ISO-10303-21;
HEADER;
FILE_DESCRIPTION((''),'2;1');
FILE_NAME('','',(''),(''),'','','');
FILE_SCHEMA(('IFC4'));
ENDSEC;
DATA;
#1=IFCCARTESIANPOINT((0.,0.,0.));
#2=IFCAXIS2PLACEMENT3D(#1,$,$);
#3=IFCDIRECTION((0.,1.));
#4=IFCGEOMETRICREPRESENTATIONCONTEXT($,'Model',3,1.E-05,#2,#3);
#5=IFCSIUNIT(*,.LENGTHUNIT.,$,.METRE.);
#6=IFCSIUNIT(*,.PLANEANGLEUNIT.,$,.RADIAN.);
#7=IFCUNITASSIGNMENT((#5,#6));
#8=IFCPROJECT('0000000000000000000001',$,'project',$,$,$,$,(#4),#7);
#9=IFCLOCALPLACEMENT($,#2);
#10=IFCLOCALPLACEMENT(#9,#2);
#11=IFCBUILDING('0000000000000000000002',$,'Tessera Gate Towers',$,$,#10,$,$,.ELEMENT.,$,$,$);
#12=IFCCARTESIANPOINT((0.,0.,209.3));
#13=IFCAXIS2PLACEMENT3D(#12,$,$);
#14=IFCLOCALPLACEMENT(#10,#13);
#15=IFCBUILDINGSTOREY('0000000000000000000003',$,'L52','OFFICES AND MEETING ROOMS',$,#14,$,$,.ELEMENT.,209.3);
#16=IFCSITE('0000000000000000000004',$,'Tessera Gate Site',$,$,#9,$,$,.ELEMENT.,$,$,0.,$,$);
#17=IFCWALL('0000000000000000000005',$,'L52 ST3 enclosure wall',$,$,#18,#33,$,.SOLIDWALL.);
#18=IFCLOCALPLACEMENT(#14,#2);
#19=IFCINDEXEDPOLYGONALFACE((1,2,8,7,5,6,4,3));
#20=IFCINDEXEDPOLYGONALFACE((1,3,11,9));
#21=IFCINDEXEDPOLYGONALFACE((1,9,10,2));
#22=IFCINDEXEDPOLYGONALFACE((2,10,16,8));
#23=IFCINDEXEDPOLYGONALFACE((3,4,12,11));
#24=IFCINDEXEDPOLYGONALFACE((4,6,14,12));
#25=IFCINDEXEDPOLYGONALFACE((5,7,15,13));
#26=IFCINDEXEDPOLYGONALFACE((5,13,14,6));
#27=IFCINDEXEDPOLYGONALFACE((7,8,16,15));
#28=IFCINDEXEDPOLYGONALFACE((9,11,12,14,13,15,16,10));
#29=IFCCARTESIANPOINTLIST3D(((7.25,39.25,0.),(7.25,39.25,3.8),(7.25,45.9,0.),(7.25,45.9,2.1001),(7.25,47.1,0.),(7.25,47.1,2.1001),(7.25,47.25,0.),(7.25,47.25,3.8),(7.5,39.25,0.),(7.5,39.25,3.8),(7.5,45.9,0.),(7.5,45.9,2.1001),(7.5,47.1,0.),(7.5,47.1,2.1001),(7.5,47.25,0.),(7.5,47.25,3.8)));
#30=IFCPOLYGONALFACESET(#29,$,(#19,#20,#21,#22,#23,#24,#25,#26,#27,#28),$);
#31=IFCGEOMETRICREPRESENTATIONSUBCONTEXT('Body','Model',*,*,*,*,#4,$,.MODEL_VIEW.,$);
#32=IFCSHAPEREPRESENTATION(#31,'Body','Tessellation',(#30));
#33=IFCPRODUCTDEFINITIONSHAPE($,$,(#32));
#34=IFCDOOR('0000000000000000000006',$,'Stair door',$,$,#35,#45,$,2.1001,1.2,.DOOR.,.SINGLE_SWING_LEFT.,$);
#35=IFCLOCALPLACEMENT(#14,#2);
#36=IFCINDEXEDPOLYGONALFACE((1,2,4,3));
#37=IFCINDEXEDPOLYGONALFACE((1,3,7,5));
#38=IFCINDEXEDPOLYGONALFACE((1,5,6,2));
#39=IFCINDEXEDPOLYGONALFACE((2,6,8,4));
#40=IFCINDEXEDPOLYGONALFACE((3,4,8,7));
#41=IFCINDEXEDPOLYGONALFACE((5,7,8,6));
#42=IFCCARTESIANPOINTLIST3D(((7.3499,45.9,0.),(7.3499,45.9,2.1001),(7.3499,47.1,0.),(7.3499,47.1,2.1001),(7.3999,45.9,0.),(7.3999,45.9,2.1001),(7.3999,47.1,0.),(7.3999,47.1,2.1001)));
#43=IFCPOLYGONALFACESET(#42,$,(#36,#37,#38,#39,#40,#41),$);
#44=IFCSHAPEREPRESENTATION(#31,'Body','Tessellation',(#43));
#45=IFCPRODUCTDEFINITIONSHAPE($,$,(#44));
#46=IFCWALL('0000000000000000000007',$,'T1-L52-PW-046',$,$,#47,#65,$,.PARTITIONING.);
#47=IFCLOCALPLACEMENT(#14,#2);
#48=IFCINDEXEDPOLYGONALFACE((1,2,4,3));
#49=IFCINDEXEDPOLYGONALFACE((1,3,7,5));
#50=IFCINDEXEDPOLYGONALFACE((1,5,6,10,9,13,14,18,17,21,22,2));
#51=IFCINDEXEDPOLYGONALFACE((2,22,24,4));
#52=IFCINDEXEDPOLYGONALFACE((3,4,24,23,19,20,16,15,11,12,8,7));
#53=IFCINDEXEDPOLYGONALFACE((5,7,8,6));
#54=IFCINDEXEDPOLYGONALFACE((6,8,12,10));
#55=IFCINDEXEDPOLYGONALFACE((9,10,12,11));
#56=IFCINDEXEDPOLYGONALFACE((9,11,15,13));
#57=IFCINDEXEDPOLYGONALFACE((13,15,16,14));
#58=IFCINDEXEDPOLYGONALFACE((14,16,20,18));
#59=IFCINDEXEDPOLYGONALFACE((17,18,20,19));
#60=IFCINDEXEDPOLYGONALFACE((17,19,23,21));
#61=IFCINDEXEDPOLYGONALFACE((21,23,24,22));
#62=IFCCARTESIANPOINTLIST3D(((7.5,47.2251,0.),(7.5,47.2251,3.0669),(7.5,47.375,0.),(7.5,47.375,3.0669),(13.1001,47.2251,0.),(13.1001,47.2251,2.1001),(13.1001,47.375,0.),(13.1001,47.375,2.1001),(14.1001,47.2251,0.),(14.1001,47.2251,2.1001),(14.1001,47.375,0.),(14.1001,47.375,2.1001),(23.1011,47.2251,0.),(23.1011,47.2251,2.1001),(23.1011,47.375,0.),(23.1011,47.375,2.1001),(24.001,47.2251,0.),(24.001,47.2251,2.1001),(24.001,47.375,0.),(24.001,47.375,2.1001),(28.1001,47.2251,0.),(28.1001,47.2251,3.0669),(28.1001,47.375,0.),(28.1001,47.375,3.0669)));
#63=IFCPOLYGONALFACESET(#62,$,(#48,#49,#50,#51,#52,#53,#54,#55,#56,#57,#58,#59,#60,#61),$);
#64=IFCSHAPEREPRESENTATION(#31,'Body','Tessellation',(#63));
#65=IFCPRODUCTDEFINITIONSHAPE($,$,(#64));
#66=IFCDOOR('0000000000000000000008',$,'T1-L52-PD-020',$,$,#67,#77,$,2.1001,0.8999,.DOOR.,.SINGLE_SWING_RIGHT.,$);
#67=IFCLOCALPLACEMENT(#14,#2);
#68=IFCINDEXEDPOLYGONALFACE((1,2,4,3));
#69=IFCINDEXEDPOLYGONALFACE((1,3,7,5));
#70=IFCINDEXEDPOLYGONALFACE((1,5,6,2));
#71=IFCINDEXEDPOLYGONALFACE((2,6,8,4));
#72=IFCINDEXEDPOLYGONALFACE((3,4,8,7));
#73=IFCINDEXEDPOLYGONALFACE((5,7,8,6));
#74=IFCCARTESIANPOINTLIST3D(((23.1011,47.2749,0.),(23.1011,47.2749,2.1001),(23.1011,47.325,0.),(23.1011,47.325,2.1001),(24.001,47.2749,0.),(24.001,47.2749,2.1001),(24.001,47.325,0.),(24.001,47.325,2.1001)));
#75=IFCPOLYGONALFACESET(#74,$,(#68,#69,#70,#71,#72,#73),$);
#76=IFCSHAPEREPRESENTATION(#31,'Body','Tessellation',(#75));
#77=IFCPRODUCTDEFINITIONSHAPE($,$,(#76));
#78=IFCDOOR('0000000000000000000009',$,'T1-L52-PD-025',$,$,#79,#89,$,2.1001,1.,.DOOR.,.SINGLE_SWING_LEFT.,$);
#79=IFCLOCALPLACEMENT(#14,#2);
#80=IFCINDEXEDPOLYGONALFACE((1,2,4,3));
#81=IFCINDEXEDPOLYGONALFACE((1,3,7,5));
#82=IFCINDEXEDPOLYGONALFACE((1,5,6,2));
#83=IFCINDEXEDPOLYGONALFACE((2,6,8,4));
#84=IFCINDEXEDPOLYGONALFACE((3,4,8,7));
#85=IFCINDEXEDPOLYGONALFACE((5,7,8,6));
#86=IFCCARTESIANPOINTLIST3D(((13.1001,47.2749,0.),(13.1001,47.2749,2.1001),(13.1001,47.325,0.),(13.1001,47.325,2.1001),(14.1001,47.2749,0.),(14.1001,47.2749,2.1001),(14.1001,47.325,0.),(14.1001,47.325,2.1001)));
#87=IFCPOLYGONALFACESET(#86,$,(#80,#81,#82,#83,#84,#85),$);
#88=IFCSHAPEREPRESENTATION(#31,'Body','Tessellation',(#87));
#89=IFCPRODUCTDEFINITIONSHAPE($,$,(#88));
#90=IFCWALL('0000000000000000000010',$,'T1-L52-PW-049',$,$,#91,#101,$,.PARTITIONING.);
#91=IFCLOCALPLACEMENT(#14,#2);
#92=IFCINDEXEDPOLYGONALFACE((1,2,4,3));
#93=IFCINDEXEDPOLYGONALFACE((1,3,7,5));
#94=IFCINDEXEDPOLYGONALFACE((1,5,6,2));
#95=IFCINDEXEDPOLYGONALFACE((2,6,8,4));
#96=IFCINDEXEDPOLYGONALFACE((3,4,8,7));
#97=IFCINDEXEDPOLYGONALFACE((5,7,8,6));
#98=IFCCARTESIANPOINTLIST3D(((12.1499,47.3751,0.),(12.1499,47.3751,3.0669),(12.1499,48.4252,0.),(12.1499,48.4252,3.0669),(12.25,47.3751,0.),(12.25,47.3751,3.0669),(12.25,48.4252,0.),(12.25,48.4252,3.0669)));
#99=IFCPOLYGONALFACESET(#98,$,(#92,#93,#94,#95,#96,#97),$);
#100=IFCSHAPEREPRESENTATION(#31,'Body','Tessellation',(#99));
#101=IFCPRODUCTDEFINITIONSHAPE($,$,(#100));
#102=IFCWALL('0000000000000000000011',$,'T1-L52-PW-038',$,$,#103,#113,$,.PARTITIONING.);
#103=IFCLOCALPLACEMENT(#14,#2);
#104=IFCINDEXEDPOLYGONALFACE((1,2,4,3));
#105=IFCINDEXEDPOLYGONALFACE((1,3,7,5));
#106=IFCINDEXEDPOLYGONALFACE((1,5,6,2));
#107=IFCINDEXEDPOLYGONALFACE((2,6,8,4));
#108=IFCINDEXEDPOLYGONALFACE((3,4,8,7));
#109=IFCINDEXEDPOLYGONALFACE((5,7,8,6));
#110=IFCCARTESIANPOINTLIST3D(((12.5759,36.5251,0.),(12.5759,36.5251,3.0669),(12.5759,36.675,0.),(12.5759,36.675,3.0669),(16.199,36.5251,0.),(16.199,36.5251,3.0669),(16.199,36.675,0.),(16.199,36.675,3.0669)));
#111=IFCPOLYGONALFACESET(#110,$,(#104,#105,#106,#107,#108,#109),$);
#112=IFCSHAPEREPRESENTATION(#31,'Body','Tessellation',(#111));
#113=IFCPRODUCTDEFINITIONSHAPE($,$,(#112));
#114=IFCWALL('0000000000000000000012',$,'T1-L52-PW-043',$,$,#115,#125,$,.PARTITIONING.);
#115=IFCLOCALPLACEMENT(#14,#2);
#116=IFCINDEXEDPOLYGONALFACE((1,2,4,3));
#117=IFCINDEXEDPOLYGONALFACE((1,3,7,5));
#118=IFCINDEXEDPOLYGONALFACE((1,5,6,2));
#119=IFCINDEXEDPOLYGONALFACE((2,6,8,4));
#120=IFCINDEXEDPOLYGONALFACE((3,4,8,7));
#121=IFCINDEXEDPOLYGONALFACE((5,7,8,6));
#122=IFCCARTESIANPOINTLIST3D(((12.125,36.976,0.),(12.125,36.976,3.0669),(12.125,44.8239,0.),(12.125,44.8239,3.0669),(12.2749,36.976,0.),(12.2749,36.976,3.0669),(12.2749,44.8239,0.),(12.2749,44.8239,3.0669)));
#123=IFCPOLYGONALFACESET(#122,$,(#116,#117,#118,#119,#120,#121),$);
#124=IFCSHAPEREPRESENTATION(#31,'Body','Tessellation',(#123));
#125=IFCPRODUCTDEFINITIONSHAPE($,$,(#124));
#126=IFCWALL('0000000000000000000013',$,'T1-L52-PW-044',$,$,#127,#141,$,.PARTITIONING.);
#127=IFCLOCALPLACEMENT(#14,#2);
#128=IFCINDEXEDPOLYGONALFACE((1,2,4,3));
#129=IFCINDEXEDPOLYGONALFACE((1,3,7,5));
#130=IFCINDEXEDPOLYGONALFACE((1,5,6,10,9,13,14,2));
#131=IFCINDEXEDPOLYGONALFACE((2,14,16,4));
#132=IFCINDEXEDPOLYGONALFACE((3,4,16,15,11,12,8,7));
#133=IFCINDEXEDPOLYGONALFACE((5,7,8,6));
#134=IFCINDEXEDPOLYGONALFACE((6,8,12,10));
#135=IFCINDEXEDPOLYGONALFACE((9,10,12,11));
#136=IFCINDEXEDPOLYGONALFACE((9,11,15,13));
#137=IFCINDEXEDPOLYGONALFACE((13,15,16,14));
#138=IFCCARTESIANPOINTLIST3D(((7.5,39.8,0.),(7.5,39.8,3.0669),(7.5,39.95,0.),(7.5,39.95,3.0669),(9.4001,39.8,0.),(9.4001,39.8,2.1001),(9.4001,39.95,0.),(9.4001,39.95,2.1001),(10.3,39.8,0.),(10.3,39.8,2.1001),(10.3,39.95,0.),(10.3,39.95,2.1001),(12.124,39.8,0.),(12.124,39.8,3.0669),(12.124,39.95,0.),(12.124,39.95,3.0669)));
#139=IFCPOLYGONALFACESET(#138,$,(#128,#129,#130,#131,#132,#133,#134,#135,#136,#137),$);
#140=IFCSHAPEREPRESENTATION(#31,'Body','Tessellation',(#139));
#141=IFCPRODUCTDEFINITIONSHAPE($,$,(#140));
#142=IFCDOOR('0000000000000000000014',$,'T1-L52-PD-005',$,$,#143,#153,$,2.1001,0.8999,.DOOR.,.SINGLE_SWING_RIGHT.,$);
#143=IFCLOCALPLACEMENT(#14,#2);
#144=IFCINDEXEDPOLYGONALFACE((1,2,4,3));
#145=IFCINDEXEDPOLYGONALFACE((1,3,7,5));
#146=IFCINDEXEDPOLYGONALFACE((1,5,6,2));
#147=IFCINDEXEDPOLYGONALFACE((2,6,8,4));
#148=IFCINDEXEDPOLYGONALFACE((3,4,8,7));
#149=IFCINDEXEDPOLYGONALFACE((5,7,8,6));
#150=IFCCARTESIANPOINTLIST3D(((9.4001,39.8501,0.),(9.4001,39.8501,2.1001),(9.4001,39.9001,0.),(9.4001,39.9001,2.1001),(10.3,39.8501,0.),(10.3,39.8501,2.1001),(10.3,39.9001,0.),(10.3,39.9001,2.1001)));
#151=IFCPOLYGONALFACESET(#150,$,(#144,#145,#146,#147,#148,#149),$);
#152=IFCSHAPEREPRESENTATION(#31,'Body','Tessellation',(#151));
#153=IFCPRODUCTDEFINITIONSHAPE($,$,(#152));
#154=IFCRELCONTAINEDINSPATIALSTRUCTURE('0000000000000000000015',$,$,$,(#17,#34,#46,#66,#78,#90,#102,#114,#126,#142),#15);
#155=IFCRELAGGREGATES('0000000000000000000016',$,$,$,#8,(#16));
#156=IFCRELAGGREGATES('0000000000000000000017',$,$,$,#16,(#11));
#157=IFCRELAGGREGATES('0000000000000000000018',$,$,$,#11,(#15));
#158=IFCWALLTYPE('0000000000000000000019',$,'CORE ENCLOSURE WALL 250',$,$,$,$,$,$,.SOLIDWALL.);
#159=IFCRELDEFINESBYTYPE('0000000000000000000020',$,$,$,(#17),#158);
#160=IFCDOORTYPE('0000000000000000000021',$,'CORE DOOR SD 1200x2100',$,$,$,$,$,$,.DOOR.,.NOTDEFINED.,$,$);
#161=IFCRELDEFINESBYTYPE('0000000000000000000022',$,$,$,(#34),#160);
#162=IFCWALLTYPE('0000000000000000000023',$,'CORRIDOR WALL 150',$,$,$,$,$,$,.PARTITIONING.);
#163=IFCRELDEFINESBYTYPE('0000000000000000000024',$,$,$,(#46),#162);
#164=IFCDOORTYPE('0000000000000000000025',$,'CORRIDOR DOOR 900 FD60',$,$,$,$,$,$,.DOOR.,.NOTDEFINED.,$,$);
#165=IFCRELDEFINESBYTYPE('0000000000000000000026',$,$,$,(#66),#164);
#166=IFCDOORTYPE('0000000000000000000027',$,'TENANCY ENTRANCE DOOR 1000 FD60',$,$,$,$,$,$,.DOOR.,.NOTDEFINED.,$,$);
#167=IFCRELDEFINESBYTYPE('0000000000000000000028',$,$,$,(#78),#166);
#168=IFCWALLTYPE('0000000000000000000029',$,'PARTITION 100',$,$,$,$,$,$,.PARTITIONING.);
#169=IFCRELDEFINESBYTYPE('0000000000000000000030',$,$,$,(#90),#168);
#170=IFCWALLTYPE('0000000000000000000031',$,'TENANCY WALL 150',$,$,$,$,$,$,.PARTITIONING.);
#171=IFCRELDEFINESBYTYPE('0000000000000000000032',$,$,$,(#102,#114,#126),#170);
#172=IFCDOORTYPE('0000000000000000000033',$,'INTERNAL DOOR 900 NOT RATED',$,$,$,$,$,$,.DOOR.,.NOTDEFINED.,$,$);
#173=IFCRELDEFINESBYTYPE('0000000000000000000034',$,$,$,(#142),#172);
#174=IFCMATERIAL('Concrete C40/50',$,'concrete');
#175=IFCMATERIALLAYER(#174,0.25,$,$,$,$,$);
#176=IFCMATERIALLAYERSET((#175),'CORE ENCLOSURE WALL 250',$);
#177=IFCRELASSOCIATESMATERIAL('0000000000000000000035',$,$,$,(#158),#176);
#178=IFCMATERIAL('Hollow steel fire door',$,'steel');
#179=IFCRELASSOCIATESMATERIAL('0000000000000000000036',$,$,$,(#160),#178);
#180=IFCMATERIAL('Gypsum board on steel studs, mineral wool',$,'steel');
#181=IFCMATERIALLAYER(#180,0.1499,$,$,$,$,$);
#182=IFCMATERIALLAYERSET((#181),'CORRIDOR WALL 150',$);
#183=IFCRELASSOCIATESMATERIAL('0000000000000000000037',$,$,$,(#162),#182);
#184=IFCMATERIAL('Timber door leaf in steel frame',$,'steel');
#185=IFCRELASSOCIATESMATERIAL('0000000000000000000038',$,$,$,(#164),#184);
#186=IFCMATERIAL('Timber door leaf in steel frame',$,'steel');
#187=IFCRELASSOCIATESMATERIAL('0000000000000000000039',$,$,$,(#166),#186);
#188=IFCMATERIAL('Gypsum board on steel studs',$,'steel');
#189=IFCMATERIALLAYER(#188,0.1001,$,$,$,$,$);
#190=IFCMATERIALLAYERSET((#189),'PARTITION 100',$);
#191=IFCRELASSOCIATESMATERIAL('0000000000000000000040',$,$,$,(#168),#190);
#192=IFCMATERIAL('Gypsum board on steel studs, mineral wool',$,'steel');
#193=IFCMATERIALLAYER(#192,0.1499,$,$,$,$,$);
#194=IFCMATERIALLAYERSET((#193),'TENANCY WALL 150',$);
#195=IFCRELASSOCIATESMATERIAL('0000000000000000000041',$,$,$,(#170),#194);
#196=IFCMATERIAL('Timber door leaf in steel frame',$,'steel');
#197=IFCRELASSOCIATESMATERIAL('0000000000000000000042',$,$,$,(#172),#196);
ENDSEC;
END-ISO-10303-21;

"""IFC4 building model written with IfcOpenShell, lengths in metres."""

from ifc_helpers import new_model, si_unit, direction, frame, frame_2d, origin, place, context, subcontext, project, spatial, rectangle, extrude, source, transform, mapped, material, layer, layer_set, type_object, element, fill, save


model = new_model("IFC4")

# Units and contexts
model_context = context("Model", 3, precision=1e-05, world=origin(), true_north=direction((0.0, 1.0)))
body_context = subcontext(model_context, "Body", "Model", "MODEL_VIEW")
ifc_project = project(units=[si_unit("LENGTHUNIT", "METRE"), si_unit("PLANEANGLEUNIT", "RADIAN")], contexts=[model_context])

# Site, building, storey
site_placement = place(None, origin())
site = spatial("IfcSite", under=ifc_project, at=site_placement, Name="Tessera Gate Site", CompositionType="ELEMENT", RefElevation=0.0)
building_placement = place(site_placement, origin())
building = spatial("IfcBuilding", under=site, at=building_placement, Name="Tessera Gate Towers", CompositionType="ELEMENT")
storey_placement = place(building_placement, frame((0.0, 0.0, 209.3)))
storey = spatial("IfcBuildingStorey", under=building, at=storey_placement, Name="L52", Description="OFFICES AND MEETING ROOMS", CompositionType="ELEMENT", Elevation=209.3)

# Shared definitions
ifc_material_1 = material(Name="Concrete C40/50", Category="concrete")
ifc_layer_1 = layer(ifc_material_1, 0.25)
ifc_layer_set_1 = layer_set([ifc_layer_1], Name="CORE ENCLOSURE WALL 250")
wall_type_1 = type_object("IfcWallType", Name="CORE ENCLOSURE WALL 250", PredefinedType="SOLIDWALL", material=ifc_layer_set_1)

# Wall, opening, door
wall_1_placement = place(storey_placement, frame((7.375, 47.25, 0.0), z_axis=(0.0, 0.0, 1.0), x_axis=(0.0, -1.0, 0.0)))
wall_1 = element("IfcWall", 1, at=wall_1_placement, inside=storey, type_object=wall_type_1, Name="L52 ST3 enclosure wall", PredefinedType="SOLIDWALL", context=body_context, shape_type="SweptSolid", body=[
    extrude(rectangle(XDim=8.0, YDim=0.25, at=frame_2d((4.0, 0.0))), origin(), (0.0, 0.0, 1.0), 3.8),
])
shared_shape_1 = source(origin(), body_context, "Body", "SweptSolid", [
    extrude(rectangle(XDim=1.2, YDim=2.1001, at=frame_2d((0.6001, 1.05))), frame((0.0, 0.135, 0.0), z_axis=(0.0, -1.0, 0.0), x_axis=(1.0, 0.0, 0.0)), (0.0, 0.0, 1.0), 0.27),
])
opening_1_placement = place(wall_1_placement, frame((0.1499, 0.0, 0.0)))
opening_1 = element("IfcOpeningElement", 2, at=opening_1_placement, cuts=wall_1, PredefinedType="OPENING", context=body_context, shape_type="MappedRepresentation", body=[
    mapped(shared_shape_1, transform((0.0, 0.0, 0.0), scale=1.0)),
])
ifc_material_2 = material(Name="Hollow steel fire door", Category="steel")
door_type_1 = type_object("IfcDoorType", Name="CORE DOOR SD 1200x2100", OperationType="NOTDEFINED", PredefinedType="DOOR", material=ifc_material_2)
shared_shape_2 = source(origin(), body_context, "Body", "SweptSolid", [
    extrude(rectangle(XDim=1.2, YDim=2.1001, at=frame_2d((0.6001, 1.05))), frame((0.0, 0.0249, 0.0), z_axis=(0.0, -1.0, 0.0), x_axis=(1.0, 0.0, 0.0)), (0.0, 0.0, 1.0), 0.05),
])
door_1_placement = place(opening_1_placement, origin())
door_1 = element("IfcDoor", 3, at=door_1_placement, inside=storey, type_object=door_type_1, Name="Stair door", OperationType="SINGLE_SWING_LEFT", OverallHeight=2.1001, OverallWidth=1.2, PredefinedType="DOOR", context=body_context, shape_type="MappedRepresentation", body=[
    mapped(shared_shape_2, transform((0.0, 0.0, 0.0), scale=1.0)),
])
fill(opening_1, door_1)

# Wall, openings, doors
ifc_material_3 = material(Name="Gypsum board on steel studs, mineral wool", Category="steel")
ifc_layer_2 = layer(ifc_material_3, 0.1499)
ifc_layer_set_2 = layer_set([ifc_layer_2], Name="CORRIDOR WALL 150")
wall_type_2 = type_object("IfcWallType", Name="CORRIDOR WALL 150", PredefinedType="PARTITIONING", material=ifc_layer_set_2)
wall_2_placement = place(storey_placement, frame((7.5, 47.3, 0.0), z_axis=(0.0, 0.0, 1.0), x_axis=(1.0, 0.0, 0.0)))
wall_2 = element("IfcWall", 4, at=wall_2_placement, inside=storey, type_object=wall_type_2, Name="T1-L52-PW-046", PredefinedType="PARTITIONING", context=body_context, shape_type="SweptSolid", body=[
    extrude(rectangle(XDim=20.6001, YDim=0.1499, at=frame_2d((10.3, 0.0))), origin(), (0.0, 0.0, 1.0), 3.0669),
])
shared_shape_3 = source(origin(), body_context, "Body", "SweptSolid", [
    extrude(rectangle(XDim=0.8999, YDim=2.1001, at=frame_2d((0.45, 1.05))), frame((0.0, 0.085, 0.0), z_axis=(0.0, -1.0, 0.0), x_axis=(1.0, 0.0, 0.0)), (0.0, 0.0, 1.0), 0.1699),
])
opening_2_placement = place(wall_2_placement, frame((15.6011, 0.0, 0.0)))
opening_2 = element("IfcOpeningElement", 5, at=opening_2_placement, cuts=wall_2, PredefinedType="OPENING", context=body_context, shape_type="MappedRepresentation", body=[
    mapped(shared_shape_3, transform((0.0, 0.0, 0.0), scale=1.0)),
])
shared_shape_4 = source(origin(), body_context, "Body", "SweptSolid", [
    extrude(rectangle(XDim=1.0, YDim=2.1001, at=frame_2d((0.5, 1.05))), frame((0.0, 0.085, 0.0), z_axis=(0.0, -1.0, 0.0), x_axis=(1.0, 0.0, 0.0)), (0.0, 0.0, 1.0), 0.1699),
])
opening_3_placement = place(wall_2_placement, frame((5.6001, 0.0, 0.0)))
opening_3 = element("IfcOpeningElement", 6, at=opening_3_placement, cuts=wall_2, PredefinedType="OPENING", context=body_context, shape_type="MappedRepresentation", body=[
    mapped(shared_shape_4, transform((0.0, 0.0, 0.0), scale=1.0)),
])
ifc_material_4 = material(Name="Timber door leaf in steel frame", Category="steel")
door_type_2 = type_object("IfcDoorType", Name="CORRIDOR DOOR 900 FD60", OperationType="NOTDEFINED", PredefinedType="DOOR", material=ifc_material_4)
shared_shape_5 = source(origin(), body_context, "Body", "SweptSolid", [
    extrude(rectangle(XDim=0.8999, YDim=2.1001, at=frame_2d((0.45, 1.05))), frame((0.0, 0.0249, 0.0), z_axis=(0.0, -1.0, 0.0), x_axis=(1.0, 0.0, 0.0)), (0.0, 0.0, 1.0), 0.05),
])
door_2_placement = place(opening_2_placement, origin())
door_2 = element("IfcDoor", 7, at=door_2_placement, inside=storey, type_object=door_type_2, Name="T1-L52-PD-020", OperationType="SINGLE_SWING_RIGHT", OverallHeight=2.1001, OverallWidth=0.8999, PredefinedType="DOOR", context=body_context, shape_type="MappedRepresentation", body=[
    mapped(shared_shape_5, transform((0.0, 0.0, 0.0), scale=1.0)),
])
fill(opening_2, door_2)
ifc_material_5 = material(Name="Timber door leaf in steel frame", Category="steel")
door_type_3 = type_object("IfcDoorType", Name="TENANCY ENTRANCE DOOR 1000 FD60", OperationType="NOTDEFINED", PredefinedType="DOOR", material=ifc_material_5)
shared_shape_6 = source(origin(), body_context, "Body", "SweptSolid", [
    extrude(rectangle(XDim=1.0, YDim=2.1001, at=frame_2d((0.5, 1.05))), frame((0.0, 0.0249, 0.0), z_axis=(0.0, -1.0, 0.0), x_axis=(1.0, 0.0, 0.0)), (0.0, 0.0, 1.0), 0.05),
])
door_3_placement = place(opening_3_placement, origin())
door_3 = element("IfcDoor", 8, at=door_3_placement, inside=storey, type_object=door_type_3, Name="T1-L52-PD-025", OperationType="SINGLE_SWING_LEFT", OverallHeight=2.1001, OverallWidth=1.0, PredefinedType="DOOR", context=body_context, shape_type="MappedRepresentation", body=[
    mapped(shared_shape_6, transform((0.0, 0.0, 0.0), scale=1.0)),
])
fill(opening_3, door_3)

# Walls
ifc_material_6 = material(Name="Gypsum board on steel studs", Category="steel")
ifc_layer_3 = layer(ifc_material_6, 0.1001)
ifc_layer_set_3 = layer_set([ifc_layer_3], Name="PARTITION 100")
wall_type_3 = type_object("IfcWallType", Name="PARTITION 100", PredefinedType="PARTITIONING", material=ifc_layer_set_3)
wall_3_placement = place(storey_placement, frame((12.2, 48.425, 0.0), z_axis=(0.0, 0.0, 1.0), x_axis=(0.0, -1.0, 0.0)))
element("IfcWall", 9, at=wall_3_placement, inside=storey, type_object=wall_type_3, Name="T1-L52-PW-049", PredefinedType="PARTITIONING", context=body_context, shape_type="SweptSolid", body=[
    extrude(rectangle(XDim=1.05, YDim=0.1001, at=frame_2d((0.5249, 0.0))), origin(), (0.0, 0.0, 1.0), 3.0669),
])
ifc_material_7 = material(Name="Gypsum board on steel studs, mineral wool", Category="steel")
ifc_layer_4 = layer(ifc_material_7, 0.1499)
ifc_layer_set_4 = layer_set([ifc_layer_4], Name="TENANCY WALL 150")
wall_type_4 = type_object("IfcWallType", Name="TENANCY WALL 150", PredefinedType="PARTITIONING", material=ifc_layer_set_4)
wall_4_placement = place(storey_placement, frame((12.5759, 36.6001, 0.0), z_axis=(0.0, 0.0, 1.0), x_axis=(1.0, 0.0, 0.0)))
element("IfcWall", 10, at=wall_4_placement, inside=storey, type_object=wall_type_4, Name="T1-L52-PW-038", PredefinedType="PARTITIONING", context=body_context, shape_type="SweptSolid", body=[
    extrude(rectangle(XDim=3.623, YDim=0.1499, at=frame_2d((1.8115, 0.0))), origin(), (0.0, 0.0, 1.0), 3.0669),
])
wall_5_placement = place(storey_placement, frame((12.2, 36.9761, 0.0), z_axis=(0.0, 0.0, 1.0), x_axis=(0.0, 1.0, 0.0)))
element("IfcWall", 11, at=wall_5_placement, inside=storey, type_object=wall_type_4, Name="T1-L52-PW-043", PredefinedType="PARTITIONING", context=body_context, shape_type="SweptSolid", body=[
    extrude(rectangle(XDim=7.8479, YDim=0.1499, at=frame_2d((3.9238, 0.0))), origin(), (0.0, 0.0, 1.0), 3.0669),
])

# Wall, opening, door
wall_6_placement = place(storey_placement, frame((12.124, 39.875, 0.0), z_axis=(0.0, 0.0, 1.0), x_axis=(-1.0, 0.0, 0.0)))
wall_6 = element("IfcWall", 12, at=wall_6_placement, inside=storey, type_object=wall_type_4, Name="T1-L52-PW-044", PredefinedType="PARTITIONING", context=body_context, shape_type="SweptSolid", body=[
    extrude(rectangle(XDim=4.624, YDim=0.1499, at=frame_2d((2.312, 0.0))), origin(), (0.0, 0.0, 1.0), 3.0669),
])
opening_4_placement = place(wall_6_placement, frame((1.824, 0.0, 0.0)))
opening_4 = element("IfcOpeningElement", 13, at=opening_4_placement, cuts=wall_6, PredefinedType="OPENING", context=body_context, shape_type="MappedRepresentation", body=[
    mapped(shared_shape_3, transform((0.0, 0.0, 0.0), scale=1.0)),
])
ifc_material_8 = material(Name="Timber door leaf in steel frame", Category="steel")
door_type_4 = type_object("IfcDoorType", Name="INTERNAL DOOR 900 NOT RATED", OperationType="NOTDEFINED", PredefinedType="DOOR", material=ifc_material_8)
door_4_placement = place(opening_4_placement, origin())
door_4 = element("IfcDoor", 14, at=door_4_placement, inside=storey, type_object=door_type_4, Name="T1-L52-PD-005", OperationType="SINGLE_SWING_RIGHT", OverallHeight=2.1001, OverallWidth=0.8999, PredefinedType="DOOR", context=body_context, shape_type="MappedRepresentation", body=[
    mapped(shared_shape_5, transform((0.0, 0.0, 0.0), scale=1.0)),
])
fill(opening_4, door_4)

save(model, "model.ifc")
